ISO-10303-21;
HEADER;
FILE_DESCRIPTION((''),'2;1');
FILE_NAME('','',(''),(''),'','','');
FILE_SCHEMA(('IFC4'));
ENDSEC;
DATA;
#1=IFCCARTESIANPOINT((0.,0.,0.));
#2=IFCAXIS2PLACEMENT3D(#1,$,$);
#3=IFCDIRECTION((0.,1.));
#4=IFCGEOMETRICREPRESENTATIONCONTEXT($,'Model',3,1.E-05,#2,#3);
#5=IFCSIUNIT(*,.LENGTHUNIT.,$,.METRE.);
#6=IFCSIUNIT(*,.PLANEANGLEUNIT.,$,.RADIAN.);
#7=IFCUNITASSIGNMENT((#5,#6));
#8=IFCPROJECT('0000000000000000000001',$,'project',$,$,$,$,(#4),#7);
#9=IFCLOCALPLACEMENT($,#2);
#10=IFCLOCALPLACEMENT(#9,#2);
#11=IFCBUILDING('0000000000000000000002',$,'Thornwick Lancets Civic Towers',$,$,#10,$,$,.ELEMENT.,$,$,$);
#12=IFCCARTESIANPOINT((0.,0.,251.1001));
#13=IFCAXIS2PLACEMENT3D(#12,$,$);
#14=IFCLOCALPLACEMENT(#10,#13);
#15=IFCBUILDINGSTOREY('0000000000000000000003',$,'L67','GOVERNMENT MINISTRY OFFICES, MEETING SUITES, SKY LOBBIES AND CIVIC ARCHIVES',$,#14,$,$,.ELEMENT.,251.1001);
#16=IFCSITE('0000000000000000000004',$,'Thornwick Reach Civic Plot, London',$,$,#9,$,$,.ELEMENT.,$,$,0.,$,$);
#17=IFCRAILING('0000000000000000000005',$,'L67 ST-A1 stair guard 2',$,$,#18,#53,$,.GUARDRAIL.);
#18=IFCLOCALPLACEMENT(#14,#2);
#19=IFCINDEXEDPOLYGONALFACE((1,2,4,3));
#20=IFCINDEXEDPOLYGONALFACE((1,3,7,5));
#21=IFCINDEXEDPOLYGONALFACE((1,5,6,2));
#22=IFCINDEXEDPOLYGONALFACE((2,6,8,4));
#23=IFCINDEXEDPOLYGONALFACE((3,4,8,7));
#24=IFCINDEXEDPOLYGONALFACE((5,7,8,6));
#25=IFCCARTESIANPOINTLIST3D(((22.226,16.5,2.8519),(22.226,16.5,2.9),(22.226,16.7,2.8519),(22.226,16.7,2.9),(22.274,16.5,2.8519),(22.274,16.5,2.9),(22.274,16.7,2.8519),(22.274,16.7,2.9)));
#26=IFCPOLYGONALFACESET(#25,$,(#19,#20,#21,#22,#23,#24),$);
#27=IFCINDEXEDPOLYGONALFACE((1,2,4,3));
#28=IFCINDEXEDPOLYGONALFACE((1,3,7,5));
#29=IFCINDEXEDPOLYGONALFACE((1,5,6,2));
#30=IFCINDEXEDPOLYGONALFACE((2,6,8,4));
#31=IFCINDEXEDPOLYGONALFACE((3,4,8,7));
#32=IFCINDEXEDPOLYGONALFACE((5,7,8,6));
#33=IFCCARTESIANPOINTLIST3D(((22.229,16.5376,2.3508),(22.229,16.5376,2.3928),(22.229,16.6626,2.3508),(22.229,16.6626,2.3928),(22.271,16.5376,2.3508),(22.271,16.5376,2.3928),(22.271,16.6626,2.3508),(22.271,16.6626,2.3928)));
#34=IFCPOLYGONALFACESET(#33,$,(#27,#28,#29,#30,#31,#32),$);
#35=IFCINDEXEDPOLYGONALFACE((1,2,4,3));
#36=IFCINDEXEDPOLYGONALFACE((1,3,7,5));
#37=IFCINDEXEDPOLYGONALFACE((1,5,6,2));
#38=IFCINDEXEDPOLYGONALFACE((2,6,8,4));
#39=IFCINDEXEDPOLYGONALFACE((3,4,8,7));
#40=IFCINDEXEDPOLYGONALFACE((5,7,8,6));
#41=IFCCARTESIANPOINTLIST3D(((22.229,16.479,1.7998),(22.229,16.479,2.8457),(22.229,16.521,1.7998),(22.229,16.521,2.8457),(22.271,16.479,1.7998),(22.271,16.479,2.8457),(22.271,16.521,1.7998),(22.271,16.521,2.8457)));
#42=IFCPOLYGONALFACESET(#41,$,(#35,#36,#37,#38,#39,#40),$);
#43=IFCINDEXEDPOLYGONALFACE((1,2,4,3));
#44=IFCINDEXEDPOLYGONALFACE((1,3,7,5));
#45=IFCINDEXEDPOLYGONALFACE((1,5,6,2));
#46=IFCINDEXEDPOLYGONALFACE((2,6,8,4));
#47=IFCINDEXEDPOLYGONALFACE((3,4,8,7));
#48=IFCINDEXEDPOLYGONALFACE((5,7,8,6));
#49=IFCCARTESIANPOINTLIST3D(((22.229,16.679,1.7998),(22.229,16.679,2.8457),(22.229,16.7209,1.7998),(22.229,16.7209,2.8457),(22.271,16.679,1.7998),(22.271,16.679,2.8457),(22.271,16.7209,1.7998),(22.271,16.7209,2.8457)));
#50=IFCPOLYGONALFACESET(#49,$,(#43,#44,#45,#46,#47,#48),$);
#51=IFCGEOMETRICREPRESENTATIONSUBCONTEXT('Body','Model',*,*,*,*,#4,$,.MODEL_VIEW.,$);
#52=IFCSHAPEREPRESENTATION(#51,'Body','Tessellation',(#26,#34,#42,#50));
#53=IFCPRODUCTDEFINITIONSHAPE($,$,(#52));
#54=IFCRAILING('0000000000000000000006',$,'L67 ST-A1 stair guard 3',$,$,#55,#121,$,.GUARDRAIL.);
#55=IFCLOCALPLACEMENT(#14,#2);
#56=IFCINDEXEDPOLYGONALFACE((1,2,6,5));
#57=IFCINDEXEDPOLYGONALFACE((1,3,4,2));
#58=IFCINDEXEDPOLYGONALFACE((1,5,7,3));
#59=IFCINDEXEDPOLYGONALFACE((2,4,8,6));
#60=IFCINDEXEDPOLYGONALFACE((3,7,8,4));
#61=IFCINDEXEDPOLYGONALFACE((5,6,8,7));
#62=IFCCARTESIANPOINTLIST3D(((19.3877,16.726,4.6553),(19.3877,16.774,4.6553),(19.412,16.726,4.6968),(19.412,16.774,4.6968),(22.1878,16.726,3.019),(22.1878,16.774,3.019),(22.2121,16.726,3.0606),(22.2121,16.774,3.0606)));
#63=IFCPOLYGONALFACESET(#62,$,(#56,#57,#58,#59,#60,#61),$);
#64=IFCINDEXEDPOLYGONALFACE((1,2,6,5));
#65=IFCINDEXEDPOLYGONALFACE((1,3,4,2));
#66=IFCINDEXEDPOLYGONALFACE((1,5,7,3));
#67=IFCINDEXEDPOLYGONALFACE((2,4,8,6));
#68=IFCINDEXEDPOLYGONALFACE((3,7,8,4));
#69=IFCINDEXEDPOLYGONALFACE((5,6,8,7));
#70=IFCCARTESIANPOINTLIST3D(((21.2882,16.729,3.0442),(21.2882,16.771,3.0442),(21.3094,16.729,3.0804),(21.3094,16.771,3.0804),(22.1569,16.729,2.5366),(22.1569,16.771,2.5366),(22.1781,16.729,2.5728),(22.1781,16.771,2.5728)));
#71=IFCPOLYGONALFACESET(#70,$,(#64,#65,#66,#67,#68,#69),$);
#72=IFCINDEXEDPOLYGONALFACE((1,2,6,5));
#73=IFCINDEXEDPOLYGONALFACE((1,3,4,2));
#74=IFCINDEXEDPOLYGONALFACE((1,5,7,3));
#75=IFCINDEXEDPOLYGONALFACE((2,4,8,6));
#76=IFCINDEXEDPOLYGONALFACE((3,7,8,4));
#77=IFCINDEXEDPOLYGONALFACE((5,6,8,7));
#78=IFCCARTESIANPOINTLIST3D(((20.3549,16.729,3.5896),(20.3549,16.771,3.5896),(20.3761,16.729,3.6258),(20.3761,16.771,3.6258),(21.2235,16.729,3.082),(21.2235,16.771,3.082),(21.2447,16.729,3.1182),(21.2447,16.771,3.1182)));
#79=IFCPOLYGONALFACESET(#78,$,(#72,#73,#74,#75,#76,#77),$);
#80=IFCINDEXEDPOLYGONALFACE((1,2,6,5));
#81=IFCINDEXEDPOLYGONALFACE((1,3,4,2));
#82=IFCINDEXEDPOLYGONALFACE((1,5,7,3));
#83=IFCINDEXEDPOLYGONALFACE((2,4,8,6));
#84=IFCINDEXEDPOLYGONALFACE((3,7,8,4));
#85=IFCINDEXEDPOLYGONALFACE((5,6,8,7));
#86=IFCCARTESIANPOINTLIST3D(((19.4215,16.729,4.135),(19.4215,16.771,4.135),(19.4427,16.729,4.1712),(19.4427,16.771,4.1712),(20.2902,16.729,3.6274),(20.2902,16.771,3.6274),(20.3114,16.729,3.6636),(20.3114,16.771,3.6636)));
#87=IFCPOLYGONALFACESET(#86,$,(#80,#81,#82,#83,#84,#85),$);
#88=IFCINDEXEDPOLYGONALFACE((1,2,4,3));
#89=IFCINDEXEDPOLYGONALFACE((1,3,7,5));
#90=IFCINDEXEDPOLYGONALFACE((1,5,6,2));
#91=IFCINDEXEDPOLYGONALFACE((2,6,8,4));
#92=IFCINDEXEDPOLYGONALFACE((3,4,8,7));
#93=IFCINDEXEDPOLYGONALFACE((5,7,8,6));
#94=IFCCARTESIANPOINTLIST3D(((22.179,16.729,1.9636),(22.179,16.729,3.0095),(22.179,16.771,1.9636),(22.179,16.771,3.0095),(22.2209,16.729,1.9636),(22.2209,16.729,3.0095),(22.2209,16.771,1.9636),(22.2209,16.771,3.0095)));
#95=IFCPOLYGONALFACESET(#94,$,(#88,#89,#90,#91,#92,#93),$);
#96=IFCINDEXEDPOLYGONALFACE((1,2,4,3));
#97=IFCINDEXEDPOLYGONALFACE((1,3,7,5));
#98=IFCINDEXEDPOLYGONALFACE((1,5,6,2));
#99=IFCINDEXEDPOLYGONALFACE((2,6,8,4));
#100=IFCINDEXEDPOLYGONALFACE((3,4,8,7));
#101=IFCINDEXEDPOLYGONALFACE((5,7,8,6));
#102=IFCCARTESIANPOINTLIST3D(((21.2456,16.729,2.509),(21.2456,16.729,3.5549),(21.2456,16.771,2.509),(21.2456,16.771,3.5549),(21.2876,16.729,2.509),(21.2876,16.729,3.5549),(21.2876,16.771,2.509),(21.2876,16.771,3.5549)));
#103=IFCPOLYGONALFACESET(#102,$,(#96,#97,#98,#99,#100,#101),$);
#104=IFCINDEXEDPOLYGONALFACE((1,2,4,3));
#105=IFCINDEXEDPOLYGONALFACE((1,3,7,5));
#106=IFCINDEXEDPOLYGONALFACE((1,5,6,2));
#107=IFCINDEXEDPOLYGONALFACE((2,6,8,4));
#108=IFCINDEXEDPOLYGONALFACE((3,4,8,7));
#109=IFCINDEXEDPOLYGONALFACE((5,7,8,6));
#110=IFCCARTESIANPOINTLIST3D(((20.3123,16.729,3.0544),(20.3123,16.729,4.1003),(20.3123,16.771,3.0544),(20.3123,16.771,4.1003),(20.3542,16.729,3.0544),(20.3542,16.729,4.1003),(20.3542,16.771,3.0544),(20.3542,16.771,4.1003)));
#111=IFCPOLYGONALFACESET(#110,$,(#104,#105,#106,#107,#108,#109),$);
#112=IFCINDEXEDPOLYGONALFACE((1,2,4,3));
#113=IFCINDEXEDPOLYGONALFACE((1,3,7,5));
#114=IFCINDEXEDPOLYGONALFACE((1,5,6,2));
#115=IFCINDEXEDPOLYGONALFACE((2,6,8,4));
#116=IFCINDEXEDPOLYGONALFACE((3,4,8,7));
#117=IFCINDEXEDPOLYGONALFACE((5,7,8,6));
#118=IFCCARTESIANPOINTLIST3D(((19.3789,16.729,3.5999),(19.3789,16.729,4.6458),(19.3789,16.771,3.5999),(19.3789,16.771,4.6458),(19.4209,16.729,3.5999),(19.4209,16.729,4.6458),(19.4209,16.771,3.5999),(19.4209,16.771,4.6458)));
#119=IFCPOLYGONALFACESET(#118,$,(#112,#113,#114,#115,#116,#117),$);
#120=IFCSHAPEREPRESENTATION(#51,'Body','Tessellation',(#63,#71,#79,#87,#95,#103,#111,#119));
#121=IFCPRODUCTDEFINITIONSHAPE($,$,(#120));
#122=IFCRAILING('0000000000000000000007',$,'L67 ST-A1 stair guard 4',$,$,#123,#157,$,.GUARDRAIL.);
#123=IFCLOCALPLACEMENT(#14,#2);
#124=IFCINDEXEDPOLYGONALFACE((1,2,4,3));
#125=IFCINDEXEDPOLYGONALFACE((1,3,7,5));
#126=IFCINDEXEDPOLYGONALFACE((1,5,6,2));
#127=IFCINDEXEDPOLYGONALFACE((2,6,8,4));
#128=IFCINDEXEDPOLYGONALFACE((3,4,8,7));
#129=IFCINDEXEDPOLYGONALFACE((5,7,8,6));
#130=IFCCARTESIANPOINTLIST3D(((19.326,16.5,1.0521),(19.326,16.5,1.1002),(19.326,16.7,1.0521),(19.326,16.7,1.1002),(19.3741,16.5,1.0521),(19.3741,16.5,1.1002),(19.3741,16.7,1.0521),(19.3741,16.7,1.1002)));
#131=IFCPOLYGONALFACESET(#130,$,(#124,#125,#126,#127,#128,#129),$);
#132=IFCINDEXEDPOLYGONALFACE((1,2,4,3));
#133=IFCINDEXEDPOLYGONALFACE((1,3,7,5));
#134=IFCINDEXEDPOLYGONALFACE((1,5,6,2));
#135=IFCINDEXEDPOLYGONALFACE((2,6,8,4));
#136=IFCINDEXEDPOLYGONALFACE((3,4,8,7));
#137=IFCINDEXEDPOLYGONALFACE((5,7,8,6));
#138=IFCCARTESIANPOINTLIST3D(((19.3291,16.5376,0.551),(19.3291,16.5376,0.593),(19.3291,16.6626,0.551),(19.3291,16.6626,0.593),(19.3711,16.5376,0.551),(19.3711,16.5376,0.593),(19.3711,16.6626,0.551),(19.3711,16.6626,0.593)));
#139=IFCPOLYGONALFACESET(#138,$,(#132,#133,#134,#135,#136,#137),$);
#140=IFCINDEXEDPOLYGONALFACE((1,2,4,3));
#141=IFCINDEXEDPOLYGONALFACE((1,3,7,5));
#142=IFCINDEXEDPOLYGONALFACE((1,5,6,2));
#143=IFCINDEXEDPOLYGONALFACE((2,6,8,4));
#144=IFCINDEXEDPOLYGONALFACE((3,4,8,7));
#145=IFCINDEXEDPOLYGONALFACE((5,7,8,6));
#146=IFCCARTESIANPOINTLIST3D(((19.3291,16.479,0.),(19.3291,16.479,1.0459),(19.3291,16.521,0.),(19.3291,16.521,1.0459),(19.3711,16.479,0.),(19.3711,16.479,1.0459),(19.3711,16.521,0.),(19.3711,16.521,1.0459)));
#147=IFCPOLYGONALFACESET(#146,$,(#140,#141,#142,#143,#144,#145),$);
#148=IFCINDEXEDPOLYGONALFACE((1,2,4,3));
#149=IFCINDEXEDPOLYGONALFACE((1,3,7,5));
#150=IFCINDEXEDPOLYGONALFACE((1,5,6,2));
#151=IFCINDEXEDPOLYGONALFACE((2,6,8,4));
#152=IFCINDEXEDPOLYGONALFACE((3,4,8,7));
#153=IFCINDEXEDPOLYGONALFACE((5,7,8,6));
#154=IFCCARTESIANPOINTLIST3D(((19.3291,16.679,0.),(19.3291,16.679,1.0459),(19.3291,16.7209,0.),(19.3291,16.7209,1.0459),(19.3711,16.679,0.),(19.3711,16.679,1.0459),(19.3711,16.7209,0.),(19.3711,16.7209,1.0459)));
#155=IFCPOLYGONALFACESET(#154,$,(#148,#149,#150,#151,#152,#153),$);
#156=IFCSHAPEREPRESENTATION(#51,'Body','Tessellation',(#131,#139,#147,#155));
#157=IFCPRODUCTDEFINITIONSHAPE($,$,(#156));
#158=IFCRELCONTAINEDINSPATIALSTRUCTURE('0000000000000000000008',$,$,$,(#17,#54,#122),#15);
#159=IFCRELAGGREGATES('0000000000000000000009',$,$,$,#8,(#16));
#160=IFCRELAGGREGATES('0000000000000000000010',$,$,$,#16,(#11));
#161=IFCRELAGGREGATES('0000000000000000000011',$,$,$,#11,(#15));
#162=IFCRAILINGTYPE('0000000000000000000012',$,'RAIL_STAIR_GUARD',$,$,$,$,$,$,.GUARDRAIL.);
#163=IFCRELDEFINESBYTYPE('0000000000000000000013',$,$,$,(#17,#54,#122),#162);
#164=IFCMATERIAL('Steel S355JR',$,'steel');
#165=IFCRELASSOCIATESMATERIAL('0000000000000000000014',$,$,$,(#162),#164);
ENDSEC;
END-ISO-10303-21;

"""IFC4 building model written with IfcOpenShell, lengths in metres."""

from ifc_helpers import new_model, si_unit, direction, frame, origin, origin_2d, place, context, subcontext, project, spatial, rectangle, extrude, material, type_object, element, save


model = new_model("IFC4")

# Units and contexts
model_context = context("Model", 3, precision=1e-05, world=origin(), true_north=direction((0.0, 1.0)))
body_context = subcontext(model_context, "Body", "Model", "MODEL_VIEW")
ifc_project = project(units=[si_unit("LENGTHUNIT", "METRE"), si_unit("PLANEANGLEUNIT", "RADIAN")], contexts=[model_context])

# Site, building, storey
site_placement = place(None, origin())
site = spatial("IfcSite", under=ifc_project, at=site_placement, Name="Thornwick Reach Civic Plot, London", CompositionType="ELEMENT", RefElevation=0.0)
building_placement = place(site_placement, origin())
building = spatial("IfcBuilding", under=site, at=building_placement, Name="Thornwick Lancets Civic Towers", CompositionType="ELEMENT")
storey_placement = place(building_placement, frame((0.0, 0.0, 251.1001)))
storey = spatial("IfcBuildingStorey", under=building, at=storey_placement, Name="L67", Description="GOVERNMENT MINISTRY OFFICES, MEETING SUITES, SKY LOBBIES AND CIVIC ARCHIVES", CompositionType="ELEMENT", Elevation=251.1001)

# Railings
ifc_material_1 = material(Name="Steel S355JR", Category="steel")
railing_type_1 = type_object("IfcRailingType", Name="RAIL_STAIR_GUARD", PredefinedType="GUARDRAIL", material=ifc_material_1)
railing_1_placement = place(storey_placement, frame((22.25, 16.5, 1.7998)))
element("IfcRailing", 1, at=railing_1_placement, inside=storey, type_object=railing_type_1, Name="L67 ST-A1 stair guard 2", PredefinedType="GUARDRAIL", context=body_context, shape_type="SweptSolid", body=[
    extrude(rectangle(XDim=0.0481, YDim=0.0481, at=origin_2d()), frame((0.0, 0.0, 1.0762), z_axis=(0.0, 1.0, 0.0), x_axis=(-1.0, 0.0, 0.0)), (0.0, 0.0, 1.0), 0.2),
    extrude(rectangle(XDim=0.042, YDim=0.042, at=origin_2d()), frame((0.0, 0.0376, 0.572), z_axis=(0.0, 1.0, 0.0), x_axis=(-1.0, 0.0, 0.0)), (0.0, 0.0, 1.0), 0.125),
    extrude(rectangle(XDim=0.042, YDim=0.042, at=origin_2d()), origin(), (0.0, 0.0, 1.0), 1.0459),
    extrude(rectangle(XDim=0.042, YDim=0.042, at=origin_2d()), frame((0.0, 0.2, 0.0)), (0.0, 0.0, 1.0), 1.0459),
])
railing_2_placement = place(storey_placement, frame((22.2, 16.75, 1.9636)))
element("IfcRailing", 2, at=railing_2_placement, inside=storey, type_object=railing_type_1, Name="L67 ST-A1 stair guard 3", PredefinedType="GUARDRAIL", context=body_context, shape_type="SweptSolid", body=[
    extrude(rectangle(XDim=0.0481, YDim=0.0481, at=origin_2d()), frame((0.0, 0.0, 1.0762), z_axis=(-0.863394, 0.0, 0.504531), x_axis=(0.0, -1.0, 0.0)), (0.0, 0.0, 1.0), 3.2432),
    extrude(rectangle(XDim=0.042, YDim=0.042, at=origin_2d()), frame((-0.0325, 0.0, 0.5911), z_axis=(-0.863394, 0.0, 0.504531), x_axis=(0.0, -1.0, 0.0)), (0.0, 0.0, 1.0), 1.0061),
    extrude(rectangle(XDim=0.042, YDim=0.042, at=origin_2d()), frame((-0.9658, 0.0, 1.1365), z_axis=(-0.863394, 0.0, 0.504531), x_axis=(0.0, -1.0, 0.0)), (0.0, 0.0, 1.0), 1.0061),
    extrude(rectangle(XDim=0.042, YDim=0.042, at=origin_2d()), frame((-1.8992, 0.0, 1.6819), z_axis=(-0.863394, 0.0, 0.504531), x_axis=(0.0, -1.0, 0.0)), (0.0, 0.0, 1.0), 1.0061),
    extrude(rectangle(XDim=0.042, YDim=0.042, at=origin_2d()), origin(), (0.0, 0.0, 1.0), 1.0459),
    extrude(rectangle(XDim=0.042, YDim=0.042, at=origin_2d()), frame((-0.9333, 0.0, 0.5454)), (0.0, 0.0, 1.0), 1.0459),
    extrude(rectangle(XDim=0.042, YDim=0.042, at=origin_2d()), frame((-1.8667, 0.0, 1.0908)), (0.0, 0.0, 1.0), 1.0459),
    extrude(rectangle(XDim=0.042, YDim=0.042, at=origin_2d()), frame((-2.8, 0.0, 1.6362)), (0.0, 0.0, 1.0), 1.0459),
])
railing_3_placement = place(storey_placement, frame((19.3501, 16.5, 0.0)))
element("IfcRailing", 3, at=railing_3_placement, inside=storey, type_object=railing_type_1, Name="L67 ST-A1 stair guard 4", PredefinedType="GUARDRAIL", context=body_context, shape_type="SweptSolid", body=[
    extrude(rectangle(XDim=0.0481, YDim=0.0481, at=origin_2d()), frame((0.0, 0.0, 1.0762), z_axis=(0.0, 1.0, 0.0), x_axis=(-1.0, 0.0, 0.0)), (0.0, 0.0, 1.0), 0.2),
    extrude(rectangle(XDim=0.042, YDim=0.042, at=origin_2d()), frame((0.0, 0.0376, 0.572), z_axis=(0.0, 1.0, 0.0), x_axis=(-1.0, 0.0, 0.0)), (0.0, 0.0, 1.0), 0.125),
    extrude(rectangle(XDim=0.042, YDim=0.042, at=origin_2d()), origin(), (0.0, 0.0, 1.0), 1.0459),
    extrude(rectangle(XDim=0.042, YDim=0.042, at=origin_2d()), frame((0.0, 0.2, 0.0)), (0.0, 0.0, 1.0), 1.0459),
])

save(model, "model.ifc")
